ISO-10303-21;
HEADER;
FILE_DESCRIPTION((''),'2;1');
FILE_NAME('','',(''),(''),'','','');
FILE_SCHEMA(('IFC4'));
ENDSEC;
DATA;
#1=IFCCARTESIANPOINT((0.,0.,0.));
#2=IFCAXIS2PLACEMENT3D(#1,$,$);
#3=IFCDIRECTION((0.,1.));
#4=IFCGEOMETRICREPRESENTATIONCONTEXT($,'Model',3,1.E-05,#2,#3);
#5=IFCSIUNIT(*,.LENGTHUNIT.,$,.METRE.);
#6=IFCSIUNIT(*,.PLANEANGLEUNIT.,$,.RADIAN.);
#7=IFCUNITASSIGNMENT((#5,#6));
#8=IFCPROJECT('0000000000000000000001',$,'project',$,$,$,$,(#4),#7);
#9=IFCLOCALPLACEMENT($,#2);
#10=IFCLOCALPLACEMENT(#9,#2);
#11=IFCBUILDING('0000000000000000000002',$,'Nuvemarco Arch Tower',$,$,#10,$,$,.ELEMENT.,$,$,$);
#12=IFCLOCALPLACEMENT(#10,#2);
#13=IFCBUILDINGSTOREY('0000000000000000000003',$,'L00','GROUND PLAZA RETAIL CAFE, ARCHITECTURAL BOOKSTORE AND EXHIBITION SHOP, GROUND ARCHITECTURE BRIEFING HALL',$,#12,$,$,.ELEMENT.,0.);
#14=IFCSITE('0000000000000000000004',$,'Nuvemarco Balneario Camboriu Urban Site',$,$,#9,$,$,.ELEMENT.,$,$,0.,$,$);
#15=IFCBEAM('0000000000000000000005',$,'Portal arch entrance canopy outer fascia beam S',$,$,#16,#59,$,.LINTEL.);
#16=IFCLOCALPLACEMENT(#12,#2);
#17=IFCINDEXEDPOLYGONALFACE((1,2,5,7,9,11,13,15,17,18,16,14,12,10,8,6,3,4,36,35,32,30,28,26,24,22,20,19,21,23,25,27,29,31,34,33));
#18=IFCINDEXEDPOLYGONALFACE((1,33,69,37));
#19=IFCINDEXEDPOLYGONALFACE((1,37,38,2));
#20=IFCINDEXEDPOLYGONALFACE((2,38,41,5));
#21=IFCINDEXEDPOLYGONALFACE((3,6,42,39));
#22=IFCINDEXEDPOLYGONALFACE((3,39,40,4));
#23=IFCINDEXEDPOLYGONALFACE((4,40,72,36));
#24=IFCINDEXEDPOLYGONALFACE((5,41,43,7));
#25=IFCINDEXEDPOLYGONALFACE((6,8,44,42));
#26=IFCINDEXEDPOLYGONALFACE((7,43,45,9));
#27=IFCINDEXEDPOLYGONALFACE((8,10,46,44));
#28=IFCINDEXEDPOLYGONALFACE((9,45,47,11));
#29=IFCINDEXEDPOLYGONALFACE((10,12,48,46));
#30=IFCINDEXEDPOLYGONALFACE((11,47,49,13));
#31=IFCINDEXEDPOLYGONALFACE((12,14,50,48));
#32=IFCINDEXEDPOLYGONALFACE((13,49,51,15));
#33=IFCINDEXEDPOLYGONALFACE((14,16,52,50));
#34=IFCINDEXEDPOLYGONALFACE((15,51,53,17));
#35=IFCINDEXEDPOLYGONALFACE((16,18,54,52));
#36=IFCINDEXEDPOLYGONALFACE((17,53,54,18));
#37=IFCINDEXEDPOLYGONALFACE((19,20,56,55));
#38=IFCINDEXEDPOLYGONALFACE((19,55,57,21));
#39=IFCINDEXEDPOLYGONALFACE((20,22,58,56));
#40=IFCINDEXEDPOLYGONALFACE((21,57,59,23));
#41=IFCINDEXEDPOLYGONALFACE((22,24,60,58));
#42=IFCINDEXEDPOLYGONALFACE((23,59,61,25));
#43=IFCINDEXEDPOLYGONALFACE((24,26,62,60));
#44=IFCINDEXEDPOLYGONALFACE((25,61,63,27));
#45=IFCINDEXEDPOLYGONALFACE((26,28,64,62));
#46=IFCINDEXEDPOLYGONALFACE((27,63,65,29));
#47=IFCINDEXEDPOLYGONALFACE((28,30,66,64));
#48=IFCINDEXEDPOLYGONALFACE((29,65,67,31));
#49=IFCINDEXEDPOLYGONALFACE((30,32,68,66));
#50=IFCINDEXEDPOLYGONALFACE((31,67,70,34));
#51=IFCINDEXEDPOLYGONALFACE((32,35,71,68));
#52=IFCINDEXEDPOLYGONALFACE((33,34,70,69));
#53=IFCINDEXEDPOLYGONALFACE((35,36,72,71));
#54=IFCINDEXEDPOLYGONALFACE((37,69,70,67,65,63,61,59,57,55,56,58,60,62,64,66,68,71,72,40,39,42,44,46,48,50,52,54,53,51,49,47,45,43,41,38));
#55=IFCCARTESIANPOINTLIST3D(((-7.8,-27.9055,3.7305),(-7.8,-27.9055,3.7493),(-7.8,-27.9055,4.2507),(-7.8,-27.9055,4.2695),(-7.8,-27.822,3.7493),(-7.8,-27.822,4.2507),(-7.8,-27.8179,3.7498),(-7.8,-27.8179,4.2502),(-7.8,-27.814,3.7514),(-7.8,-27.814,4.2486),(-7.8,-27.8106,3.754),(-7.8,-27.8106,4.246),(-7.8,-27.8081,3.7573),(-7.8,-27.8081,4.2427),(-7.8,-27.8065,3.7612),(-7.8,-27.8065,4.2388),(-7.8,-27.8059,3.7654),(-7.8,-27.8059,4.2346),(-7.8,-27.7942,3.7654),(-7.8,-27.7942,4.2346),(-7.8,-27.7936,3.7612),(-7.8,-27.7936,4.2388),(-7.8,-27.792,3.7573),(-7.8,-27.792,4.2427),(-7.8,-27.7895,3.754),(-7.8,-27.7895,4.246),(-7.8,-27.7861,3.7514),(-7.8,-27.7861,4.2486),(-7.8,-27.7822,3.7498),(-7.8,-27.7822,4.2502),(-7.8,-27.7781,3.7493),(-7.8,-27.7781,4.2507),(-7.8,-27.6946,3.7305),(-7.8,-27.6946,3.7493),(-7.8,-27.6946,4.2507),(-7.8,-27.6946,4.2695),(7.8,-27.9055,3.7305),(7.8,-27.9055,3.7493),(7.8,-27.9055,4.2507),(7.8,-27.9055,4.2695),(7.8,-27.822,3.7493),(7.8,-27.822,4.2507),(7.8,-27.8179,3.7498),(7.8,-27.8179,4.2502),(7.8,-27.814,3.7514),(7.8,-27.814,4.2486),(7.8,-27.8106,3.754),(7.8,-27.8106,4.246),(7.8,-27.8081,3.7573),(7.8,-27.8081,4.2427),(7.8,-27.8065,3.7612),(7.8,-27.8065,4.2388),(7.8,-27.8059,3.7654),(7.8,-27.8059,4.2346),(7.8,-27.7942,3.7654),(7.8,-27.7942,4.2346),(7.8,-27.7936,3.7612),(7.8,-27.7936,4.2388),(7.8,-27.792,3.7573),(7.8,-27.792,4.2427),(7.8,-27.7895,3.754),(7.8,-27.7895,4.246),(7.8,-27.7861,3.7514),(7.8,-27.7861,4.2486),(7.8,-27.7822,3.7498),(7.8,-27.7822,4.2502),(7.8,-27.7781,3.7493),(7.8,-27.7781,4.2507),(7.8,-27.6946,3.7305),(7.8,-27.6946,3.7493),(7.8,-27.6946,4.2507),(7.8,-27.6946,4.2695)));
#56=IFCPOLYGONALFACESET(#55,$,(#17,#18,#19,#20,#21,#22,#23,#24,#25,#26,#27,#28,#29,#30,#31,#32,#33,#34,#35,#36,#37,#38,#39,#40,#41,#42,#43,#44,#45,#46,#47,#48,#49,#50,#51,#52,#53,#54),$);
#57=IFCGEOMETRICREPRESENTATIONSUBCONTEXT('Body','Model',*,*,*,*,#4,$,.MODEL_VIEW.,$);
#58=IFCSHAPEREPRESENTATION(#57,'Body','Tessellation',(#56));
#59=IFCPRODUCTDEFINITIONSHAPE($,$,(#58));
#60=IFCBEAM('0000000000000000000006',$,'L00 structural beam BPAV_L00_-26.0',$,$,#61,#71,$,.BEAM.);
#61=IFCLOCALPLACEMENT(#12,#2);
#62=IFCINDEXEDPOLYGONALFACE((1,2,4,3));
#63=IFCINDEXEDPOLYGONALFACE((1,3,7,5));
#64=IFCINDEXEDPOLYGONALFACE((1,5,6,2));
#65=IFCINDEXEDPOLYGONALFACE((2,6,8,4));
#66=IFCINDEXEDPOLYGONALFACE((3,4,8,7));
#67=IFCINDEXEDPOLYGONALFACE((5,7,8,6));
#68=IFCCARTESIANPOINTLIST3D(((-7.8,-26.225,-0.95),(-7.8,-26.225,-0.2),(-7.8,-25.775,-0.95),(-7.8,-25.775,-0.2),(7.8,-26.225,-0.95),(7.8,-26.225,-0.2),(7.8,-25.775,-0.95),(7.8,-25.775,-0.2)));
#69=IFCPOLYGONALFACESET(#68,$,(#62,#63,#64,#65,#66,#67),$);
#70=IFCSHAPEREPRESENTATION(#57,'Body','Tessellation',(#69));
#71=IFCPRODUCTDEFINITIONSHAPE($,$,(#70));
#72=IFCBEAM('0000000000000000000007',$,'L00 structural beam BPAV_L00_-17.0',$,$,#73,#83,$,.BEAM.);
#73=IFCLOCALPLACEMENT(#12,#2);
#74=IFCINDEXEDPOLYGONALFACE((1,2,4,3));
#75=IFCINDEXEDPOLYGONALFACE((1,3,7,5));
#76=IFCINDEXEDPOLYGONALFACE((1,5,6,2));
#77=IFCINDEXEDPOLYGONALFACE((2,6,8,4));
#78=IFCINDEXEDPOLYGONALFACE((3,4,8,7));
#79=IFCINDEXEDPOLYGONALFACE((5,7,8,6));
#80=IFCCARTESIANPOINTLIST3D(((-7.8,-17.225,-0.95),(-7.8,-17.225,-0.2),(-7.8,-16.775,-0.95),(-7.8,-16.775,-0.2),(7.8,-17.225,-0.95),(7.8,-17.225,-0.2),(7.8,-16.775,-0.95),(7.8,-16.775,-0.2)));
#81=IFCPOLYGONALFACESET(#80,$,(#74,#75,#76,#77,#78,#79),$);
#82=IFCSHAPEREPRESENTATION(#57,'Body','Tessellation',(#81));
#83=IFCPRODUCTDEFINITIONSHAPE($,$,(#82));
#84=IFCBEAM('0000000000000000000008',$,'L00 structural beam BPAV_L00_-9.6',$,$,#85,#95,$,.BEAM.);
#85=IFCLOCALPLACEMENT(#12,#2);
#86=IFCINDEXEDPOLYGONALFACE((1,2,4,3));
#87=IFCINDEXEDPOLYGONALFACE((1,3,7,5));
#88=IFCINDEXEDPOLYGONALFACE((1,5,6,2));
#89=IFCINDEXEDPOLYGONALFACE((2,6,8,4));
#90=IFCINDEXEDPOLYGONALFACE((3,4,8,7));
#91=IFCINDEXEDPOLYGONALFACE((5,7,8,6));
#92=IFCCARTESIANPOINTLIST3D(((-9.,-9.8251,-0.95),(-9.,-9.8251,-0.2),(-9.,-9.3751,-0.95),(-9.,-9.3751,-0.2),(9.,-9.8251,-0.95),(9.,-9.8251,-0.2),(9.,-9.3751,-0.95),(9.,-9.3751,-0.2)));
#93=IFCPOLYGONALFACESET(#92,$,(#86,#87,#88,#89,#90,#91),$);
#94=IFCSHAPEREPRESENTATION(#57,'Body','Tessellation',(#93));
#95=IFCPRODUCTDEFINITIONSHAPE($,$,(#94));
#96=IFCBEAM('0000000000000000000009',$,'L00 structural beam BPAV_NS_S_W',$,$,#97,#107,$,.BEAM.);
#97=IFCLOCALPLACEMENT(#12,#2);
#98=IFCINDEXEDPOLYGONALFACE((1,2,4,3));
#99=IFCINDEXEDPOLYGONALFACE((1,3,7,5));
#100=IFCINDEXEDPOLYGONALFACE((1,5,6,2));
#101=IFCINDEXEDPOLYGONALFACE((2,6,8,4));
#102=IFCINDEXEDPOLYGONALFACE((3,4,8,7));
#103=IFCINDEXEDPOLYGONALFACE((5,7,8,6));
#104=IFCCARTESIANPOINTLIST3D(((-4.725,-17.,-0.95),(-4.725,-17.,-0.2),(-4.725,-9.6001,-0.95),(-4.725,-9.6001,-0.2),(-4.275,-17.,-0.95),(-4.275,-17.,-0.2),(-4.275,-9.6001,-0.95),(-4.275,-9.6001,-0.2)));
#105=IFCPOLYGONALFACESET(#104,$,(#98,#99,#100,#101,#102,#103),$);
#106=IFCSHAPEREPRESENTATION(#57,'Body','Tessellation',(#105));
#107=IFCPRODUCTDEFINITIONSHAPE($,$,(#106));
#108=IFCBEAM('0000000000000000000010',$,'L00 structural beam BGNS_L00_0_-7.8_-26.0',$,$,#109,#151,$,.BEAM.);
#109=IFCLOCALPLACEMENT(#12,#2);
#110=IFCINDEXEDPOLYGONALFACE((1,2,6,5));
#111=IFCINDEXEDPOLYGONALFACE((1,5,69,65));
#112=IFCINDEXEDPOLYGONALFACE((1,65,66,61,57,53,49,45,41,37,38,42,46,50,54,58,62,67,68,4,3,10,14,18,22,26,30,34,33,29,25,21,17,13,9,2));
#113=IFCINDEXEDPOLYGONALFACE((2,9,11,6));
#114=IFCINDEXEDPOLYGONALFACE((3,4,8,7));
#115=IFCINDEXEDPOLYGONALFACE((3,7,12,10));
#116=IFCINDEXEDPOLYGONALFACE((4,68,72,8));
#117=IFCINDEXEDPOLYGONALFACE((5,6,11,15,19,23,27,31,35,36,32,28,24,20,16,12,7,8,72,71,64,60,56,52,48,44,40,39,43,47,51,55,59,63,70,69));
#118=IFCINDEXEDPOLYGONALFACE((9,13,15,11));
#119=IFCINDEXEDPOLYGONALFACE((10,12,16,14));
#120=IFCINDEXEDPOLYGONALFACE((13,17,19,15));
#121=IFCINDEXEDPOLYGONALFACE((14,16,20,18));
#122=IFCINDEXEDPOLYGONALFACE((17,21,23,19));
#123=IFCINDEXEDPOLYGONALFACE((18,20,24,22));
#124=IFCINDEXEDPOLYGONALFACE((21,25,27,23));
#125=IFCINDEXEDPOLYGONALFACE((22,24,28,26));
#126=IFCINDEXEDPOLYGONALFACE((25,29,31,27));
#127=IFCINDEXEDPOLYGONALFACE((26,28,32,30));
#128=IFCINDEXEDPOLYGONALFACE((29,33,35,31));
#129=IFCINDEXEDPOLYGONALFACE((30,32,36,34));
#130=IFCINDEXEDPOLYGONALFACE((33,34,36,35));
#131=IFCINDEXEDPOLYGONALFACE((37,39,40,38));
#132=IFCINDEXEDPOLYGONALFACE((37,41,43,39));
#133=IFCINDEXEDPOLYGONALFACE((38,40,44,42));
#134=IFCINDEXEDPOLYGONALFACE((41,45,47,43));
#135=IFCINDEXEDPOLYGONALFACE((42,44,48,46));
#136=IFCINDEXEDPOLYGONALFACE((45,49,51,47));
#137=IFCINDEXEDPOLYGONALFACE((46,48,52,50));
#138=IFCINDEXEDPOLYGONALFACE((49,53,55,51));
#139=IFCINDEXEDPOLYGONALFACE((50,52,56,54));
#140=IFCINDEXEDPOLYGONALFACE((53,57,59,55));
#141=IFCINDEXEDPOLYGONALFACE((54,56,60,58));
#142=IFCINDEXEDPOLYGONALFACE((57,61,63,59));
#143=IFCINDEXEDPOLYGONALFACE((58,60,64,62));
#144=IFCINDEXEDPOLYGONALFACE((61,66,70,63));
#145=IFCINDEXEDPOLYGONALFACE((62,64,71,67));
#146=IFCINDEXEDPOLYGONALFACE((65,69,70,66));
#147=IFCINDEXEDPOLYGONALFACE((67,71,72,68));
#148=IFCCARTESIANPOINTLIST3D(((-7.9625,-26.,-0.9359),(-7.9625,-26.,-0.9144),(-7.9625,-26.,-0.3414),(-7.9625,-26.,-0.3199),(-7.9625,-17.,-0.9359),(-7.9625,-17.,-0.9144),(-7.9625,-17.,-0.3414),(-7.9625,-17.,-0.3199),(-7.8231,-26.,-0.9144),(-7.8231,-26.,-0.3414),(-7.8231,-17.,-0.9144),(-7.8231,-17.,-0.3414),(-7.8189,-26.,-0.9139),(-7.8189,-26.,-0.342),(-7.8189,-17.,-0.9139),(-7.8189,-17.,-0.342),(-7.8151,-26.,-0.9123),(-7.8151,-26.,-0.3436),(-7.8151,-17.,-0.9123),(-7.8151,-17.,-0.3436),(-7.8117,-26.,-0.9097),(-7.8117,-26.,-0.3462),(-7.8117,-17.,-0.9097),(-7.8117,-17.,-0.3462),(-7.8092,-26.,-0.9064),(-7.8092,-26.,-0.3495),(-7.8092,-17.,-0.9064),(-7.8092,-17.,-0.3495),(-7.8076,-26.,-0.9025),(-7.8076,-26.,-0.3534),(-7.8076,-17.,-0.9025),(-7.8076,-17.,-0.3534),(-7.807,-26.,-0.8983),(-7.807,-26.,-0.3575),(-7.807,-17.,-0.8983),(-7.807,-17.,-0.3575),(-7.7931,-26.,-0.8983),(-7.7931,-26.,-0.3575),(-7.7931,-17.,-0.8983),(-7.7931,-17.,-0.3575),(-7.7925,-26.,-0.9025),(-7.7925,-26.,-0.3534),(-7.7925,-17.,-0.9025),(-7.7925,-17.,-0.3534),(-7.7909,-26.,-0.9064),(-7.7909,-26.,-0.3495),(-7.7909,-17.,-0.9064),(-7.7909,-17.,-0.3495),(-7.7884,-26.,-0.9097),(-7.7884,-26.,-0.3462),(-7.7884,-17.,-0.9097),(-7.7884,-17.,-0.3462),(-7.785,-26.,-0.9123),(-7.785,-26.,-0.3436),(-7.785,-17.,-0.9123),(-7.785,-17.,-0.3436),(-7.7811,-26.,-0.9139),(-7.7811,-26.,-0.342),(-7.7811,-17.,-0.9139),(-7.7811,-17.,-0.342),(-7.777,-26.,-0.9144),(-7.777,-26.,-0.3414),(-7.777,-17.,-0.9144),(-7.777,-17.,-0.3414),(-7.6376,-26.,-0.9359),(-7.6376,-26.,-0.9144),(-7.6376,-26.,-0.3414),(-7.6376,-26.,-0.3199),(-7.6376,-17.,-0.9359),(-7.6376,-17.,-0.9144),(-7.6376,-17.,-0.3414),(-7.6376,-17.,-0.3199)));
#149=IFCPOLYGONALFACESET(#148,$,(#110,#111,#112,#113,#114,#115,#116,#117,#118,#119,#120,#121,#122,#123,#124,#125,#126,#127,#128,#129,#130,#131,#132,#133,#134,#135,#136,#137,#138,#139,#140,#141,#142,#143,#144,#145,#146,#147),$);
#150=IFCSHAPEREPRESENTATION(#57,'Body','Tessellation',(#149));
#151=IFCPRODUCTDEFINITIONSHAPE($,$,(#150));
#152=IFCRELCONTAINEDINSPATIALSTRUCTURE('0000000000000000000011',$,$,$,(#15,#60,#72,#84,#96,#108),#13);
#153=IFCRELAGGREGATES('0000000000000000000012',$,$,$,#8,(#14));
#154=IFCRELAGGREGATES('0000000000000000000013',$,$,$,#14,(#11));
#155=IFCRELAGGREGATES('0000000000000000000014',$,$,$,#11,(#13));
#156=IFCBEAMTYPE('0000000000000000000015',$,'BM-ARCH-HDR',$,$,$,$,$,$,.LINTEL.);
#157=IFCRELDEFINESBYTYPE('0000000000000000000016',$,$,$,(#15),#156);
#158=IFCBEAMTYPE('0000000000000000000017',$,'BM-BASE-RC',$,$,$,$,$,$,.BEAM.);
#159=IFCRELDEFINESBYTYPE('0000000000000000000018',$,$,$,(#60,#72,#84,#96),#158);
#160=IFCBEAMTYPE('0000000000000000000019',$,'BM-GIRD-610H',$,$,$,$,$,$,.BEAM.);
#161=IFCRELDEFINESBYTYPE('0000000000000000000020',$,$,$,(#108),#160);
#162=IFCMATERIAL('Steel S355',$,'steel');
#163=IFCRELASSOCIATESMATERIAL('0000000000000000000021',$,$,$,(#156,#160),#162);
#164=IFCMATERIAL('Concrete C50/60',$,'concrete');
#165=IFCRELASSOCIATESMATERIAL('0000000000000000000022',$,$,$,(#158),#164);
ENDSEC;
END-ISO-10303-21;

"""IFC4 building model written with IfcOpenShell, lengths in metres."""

from ifc_helpers import new_model, si_unit, direction, frame, origin, origin_2d, place, context, subcontext, project, spatial, rectangle, i_section, extrude, material, material_profile, profile_set, type_object, element, save


model = new_model("IFC4")

# Units and contexts
model_context = context("Model", 3, precision=1e-05, world=origin(), true_north=direction((0.0, 1.0)))
body_context = subcontext(model_context, "Body", "Model", "MODEL_VIEW")
ifc_project = project(units=[si_unit("LENGTHUNIT", "METRE"), si_unit("PLANEANGLEUNIT", "RADIAN")], contexts=[model_context])

# Site, building, storey
site_placement = place(None, origin())
site = spatial("IfcSite", under=ifc_project, at=site_placement, Name="Nuvemarco Balneario Camboriu Urban Site", CompositionType="ELEMENT", RefElevation=0.0)
building_placement = place(site_placement, origin())
building = spatial("IfcBuilding", under=site, at=building_placement, Name="Nuvemarco Arch Tower", CompositionType="ELEMENT")
storey_placement = place(building_placement, origin())
storey = spatial("IfcBuildingStorey", under=building, at=storey_placement, Name="L00", Description="GROUND PLAZA RETAIL CAFE, ARCHITECTURAL BOOKSTORE AND EXHIBITION SHOP, GROUND ARCHITECTURE BRIEFING HALL", CompositionType="ELEMENT", Elevation=0.0)

# Shared definitions
ifc_material_1 = material(Name="Concrete C50/60", Category="concrete")

# Shared definitions
ifc_material_2 = material(Name="Steel S355", Category="steel")

# Beams
ifc_material_profile_1 = material_profile(ifc_material_2, i_section(OverallWidth=0.2109, OverallDepth=0.5391, WebThickness=0.0117, FlangeThickness=0.0188, FilletRadius=0.0161, at=origin_2d()), Name="W530x109")
ifc_profile_set_1 = profile_set([ifc_material_profile_1], Name="Steel S355")
beam_type_1 = type_object("IfcBeamType", Name="BM-ARCH-HDR", PredefinedType="LINTEL", material=ifc_profile_set_1)
for number, where, z_axis, x_axis, name in (
    (1, (-7.8, -27.8, 4.0), (1.0, 0.0, 0.0), (0.0, 1.0, 0.0), "Portal arch entrance canopy outer fascia beam S"),
):
    element("IfcBeam", number, at=place(storey_placement, frame(where, z_axis=z_axis, x_axis=x_axis)), inside=storey, type_object=beam_type_1, Name=name, PredefinedType="LINTEL", context=body_context, shape_type="SweptSolid", body=[
        extrude(i_section(OverallWidth=0.2109, OverallDepth=0.5391, WebThickness=0.0117, FlangeThickness=0.0188, FilletRadius=0.0161, at=origin_2d()), origin(), (0.0, 0.0, 1.0), 15.6001),
    ])
ifc_material_profile_2 = material_profile(ifc_material_1, rectangle(XDim=0.45, YDim=0.75, at=origin_2d()), Name="RC-BM-450x750")
ifc_profile_set_2 = profile_set([ifc_material_profile_2], Name="Concrete C50/60")
beam_type_2 = type_object("IfcBeamType", Name="BM-BASE-RC", PredefinedType="BEAM", material=ifc_profile_set_2)
for number, where, z_axis, x_axis, name in (
    (2, (-7.8, -26.0, -0.575), (1.0, 0.0, 0.0), (0.0, 1.0, 0.0), "L00 structural beam BPAV_L00_-26.0"),
    (3, (-7.8, -17.0, -0.575), (1.0, 0.0, 0.0), (0.0, 1.0, 0.0), "L00 structural beam BPAV_L00_-17.0"),
):
    element("IfcBeam", number, at=place(storey_placement, frame(where, z_axis=z_axis, x_axis=x_axis)), inside=storey, type_object=beam_type_2, Name=name, PredefinedType="BEAM", context=body_context, shape_type="SweptSolid", body=[
        extrude(rectangle(XDim=0.45, YDim=0.75, at=origin_2d()), origin(), (0.0, 0.0, 1.0), 15.6001),
    ])
beam_1_placement = place(storey_placement, frame((-9.0, -9.6001, -0.575), z_axis=(1.0, 0.0, 0.0), x_axis=(0.0, 1.0, 0.0)))
element("IfcBeam", 4, at=beam_1_placement, inside=storey, type_object=beam_type_2, Name="L00 structural beam BPAV_L00_-9.6", PredefinedType="BEAM", context=body_context, shape_type="SweptSolid", body=[
    extrude(rectangle(XDim=0.45, YDim=0.75, at=origin_2d()), origin(), (0.0, 0.0, 1.0), 18.0),
])
beam_2_placement = place(storey_placement, frame((-4.5, -17.0, -0.575), z_axis=(0.0, 1.0, 0.0), x_axis=(-1.0, 0.0, 0.0)))
element("IfcBeam", 5, at=beam_2_placement, inside=storey, type_object=beam_type_2, Name="L00 structural beam BPAV_NS_S_W", PredefinedType="BEAM", context=body_context, shape_type="SweptSolid", body=[
    extrude(rectangle(XDim=0.45, YDim=0.75, at=origin_2d()), origin(), (0.0, 0.0, 1.0), 7.3999),
])
ifc_material_profile_3 = material_profile(ifc_material_2, i_section(OverallWidth=0.325, OverallDepth=0.616, WebThickness=0.0139, FlangeThickness=0.0215, FilletRadius=0.0161, at=origin_2d()), Name="W610x174")
ifc_profile_set_3 = profile_set([ifc_material_profile_3], Name="Steel S355")
beam_type_3 = type_object("IfcBeamType", Name="BM-GIRD-610H", PredefinedType="BEAM", material=ifc_profile_set_3)
beam_3_placement = place(storey_placement, frame((-7.8, -26.0, -0.6279), z_axis=(0.0, 1.0, 0.0), x_axis=(-1.0, 0.0, 0.0)))
element("IfcBeam", 6, at=beam_3_placement, inside=storey, type_object=beam_type_3, Name="L00 structural beam BGNS_L00_0_-7.8_-26.0", PredefinedType="BEAM", context=body_context, shape_type="SweptSolid", body=[
    extrude(i_section(OverallWidth=0.325, OverallDepth=0.616, WebThickness=0.0139, FlangeThickness=0.0215, FilletRadius=0.0161, at=origin_2d()), origin(), (0.0, 0.0, 1.0), 9.0),
])

save(model, "model.ifc")
